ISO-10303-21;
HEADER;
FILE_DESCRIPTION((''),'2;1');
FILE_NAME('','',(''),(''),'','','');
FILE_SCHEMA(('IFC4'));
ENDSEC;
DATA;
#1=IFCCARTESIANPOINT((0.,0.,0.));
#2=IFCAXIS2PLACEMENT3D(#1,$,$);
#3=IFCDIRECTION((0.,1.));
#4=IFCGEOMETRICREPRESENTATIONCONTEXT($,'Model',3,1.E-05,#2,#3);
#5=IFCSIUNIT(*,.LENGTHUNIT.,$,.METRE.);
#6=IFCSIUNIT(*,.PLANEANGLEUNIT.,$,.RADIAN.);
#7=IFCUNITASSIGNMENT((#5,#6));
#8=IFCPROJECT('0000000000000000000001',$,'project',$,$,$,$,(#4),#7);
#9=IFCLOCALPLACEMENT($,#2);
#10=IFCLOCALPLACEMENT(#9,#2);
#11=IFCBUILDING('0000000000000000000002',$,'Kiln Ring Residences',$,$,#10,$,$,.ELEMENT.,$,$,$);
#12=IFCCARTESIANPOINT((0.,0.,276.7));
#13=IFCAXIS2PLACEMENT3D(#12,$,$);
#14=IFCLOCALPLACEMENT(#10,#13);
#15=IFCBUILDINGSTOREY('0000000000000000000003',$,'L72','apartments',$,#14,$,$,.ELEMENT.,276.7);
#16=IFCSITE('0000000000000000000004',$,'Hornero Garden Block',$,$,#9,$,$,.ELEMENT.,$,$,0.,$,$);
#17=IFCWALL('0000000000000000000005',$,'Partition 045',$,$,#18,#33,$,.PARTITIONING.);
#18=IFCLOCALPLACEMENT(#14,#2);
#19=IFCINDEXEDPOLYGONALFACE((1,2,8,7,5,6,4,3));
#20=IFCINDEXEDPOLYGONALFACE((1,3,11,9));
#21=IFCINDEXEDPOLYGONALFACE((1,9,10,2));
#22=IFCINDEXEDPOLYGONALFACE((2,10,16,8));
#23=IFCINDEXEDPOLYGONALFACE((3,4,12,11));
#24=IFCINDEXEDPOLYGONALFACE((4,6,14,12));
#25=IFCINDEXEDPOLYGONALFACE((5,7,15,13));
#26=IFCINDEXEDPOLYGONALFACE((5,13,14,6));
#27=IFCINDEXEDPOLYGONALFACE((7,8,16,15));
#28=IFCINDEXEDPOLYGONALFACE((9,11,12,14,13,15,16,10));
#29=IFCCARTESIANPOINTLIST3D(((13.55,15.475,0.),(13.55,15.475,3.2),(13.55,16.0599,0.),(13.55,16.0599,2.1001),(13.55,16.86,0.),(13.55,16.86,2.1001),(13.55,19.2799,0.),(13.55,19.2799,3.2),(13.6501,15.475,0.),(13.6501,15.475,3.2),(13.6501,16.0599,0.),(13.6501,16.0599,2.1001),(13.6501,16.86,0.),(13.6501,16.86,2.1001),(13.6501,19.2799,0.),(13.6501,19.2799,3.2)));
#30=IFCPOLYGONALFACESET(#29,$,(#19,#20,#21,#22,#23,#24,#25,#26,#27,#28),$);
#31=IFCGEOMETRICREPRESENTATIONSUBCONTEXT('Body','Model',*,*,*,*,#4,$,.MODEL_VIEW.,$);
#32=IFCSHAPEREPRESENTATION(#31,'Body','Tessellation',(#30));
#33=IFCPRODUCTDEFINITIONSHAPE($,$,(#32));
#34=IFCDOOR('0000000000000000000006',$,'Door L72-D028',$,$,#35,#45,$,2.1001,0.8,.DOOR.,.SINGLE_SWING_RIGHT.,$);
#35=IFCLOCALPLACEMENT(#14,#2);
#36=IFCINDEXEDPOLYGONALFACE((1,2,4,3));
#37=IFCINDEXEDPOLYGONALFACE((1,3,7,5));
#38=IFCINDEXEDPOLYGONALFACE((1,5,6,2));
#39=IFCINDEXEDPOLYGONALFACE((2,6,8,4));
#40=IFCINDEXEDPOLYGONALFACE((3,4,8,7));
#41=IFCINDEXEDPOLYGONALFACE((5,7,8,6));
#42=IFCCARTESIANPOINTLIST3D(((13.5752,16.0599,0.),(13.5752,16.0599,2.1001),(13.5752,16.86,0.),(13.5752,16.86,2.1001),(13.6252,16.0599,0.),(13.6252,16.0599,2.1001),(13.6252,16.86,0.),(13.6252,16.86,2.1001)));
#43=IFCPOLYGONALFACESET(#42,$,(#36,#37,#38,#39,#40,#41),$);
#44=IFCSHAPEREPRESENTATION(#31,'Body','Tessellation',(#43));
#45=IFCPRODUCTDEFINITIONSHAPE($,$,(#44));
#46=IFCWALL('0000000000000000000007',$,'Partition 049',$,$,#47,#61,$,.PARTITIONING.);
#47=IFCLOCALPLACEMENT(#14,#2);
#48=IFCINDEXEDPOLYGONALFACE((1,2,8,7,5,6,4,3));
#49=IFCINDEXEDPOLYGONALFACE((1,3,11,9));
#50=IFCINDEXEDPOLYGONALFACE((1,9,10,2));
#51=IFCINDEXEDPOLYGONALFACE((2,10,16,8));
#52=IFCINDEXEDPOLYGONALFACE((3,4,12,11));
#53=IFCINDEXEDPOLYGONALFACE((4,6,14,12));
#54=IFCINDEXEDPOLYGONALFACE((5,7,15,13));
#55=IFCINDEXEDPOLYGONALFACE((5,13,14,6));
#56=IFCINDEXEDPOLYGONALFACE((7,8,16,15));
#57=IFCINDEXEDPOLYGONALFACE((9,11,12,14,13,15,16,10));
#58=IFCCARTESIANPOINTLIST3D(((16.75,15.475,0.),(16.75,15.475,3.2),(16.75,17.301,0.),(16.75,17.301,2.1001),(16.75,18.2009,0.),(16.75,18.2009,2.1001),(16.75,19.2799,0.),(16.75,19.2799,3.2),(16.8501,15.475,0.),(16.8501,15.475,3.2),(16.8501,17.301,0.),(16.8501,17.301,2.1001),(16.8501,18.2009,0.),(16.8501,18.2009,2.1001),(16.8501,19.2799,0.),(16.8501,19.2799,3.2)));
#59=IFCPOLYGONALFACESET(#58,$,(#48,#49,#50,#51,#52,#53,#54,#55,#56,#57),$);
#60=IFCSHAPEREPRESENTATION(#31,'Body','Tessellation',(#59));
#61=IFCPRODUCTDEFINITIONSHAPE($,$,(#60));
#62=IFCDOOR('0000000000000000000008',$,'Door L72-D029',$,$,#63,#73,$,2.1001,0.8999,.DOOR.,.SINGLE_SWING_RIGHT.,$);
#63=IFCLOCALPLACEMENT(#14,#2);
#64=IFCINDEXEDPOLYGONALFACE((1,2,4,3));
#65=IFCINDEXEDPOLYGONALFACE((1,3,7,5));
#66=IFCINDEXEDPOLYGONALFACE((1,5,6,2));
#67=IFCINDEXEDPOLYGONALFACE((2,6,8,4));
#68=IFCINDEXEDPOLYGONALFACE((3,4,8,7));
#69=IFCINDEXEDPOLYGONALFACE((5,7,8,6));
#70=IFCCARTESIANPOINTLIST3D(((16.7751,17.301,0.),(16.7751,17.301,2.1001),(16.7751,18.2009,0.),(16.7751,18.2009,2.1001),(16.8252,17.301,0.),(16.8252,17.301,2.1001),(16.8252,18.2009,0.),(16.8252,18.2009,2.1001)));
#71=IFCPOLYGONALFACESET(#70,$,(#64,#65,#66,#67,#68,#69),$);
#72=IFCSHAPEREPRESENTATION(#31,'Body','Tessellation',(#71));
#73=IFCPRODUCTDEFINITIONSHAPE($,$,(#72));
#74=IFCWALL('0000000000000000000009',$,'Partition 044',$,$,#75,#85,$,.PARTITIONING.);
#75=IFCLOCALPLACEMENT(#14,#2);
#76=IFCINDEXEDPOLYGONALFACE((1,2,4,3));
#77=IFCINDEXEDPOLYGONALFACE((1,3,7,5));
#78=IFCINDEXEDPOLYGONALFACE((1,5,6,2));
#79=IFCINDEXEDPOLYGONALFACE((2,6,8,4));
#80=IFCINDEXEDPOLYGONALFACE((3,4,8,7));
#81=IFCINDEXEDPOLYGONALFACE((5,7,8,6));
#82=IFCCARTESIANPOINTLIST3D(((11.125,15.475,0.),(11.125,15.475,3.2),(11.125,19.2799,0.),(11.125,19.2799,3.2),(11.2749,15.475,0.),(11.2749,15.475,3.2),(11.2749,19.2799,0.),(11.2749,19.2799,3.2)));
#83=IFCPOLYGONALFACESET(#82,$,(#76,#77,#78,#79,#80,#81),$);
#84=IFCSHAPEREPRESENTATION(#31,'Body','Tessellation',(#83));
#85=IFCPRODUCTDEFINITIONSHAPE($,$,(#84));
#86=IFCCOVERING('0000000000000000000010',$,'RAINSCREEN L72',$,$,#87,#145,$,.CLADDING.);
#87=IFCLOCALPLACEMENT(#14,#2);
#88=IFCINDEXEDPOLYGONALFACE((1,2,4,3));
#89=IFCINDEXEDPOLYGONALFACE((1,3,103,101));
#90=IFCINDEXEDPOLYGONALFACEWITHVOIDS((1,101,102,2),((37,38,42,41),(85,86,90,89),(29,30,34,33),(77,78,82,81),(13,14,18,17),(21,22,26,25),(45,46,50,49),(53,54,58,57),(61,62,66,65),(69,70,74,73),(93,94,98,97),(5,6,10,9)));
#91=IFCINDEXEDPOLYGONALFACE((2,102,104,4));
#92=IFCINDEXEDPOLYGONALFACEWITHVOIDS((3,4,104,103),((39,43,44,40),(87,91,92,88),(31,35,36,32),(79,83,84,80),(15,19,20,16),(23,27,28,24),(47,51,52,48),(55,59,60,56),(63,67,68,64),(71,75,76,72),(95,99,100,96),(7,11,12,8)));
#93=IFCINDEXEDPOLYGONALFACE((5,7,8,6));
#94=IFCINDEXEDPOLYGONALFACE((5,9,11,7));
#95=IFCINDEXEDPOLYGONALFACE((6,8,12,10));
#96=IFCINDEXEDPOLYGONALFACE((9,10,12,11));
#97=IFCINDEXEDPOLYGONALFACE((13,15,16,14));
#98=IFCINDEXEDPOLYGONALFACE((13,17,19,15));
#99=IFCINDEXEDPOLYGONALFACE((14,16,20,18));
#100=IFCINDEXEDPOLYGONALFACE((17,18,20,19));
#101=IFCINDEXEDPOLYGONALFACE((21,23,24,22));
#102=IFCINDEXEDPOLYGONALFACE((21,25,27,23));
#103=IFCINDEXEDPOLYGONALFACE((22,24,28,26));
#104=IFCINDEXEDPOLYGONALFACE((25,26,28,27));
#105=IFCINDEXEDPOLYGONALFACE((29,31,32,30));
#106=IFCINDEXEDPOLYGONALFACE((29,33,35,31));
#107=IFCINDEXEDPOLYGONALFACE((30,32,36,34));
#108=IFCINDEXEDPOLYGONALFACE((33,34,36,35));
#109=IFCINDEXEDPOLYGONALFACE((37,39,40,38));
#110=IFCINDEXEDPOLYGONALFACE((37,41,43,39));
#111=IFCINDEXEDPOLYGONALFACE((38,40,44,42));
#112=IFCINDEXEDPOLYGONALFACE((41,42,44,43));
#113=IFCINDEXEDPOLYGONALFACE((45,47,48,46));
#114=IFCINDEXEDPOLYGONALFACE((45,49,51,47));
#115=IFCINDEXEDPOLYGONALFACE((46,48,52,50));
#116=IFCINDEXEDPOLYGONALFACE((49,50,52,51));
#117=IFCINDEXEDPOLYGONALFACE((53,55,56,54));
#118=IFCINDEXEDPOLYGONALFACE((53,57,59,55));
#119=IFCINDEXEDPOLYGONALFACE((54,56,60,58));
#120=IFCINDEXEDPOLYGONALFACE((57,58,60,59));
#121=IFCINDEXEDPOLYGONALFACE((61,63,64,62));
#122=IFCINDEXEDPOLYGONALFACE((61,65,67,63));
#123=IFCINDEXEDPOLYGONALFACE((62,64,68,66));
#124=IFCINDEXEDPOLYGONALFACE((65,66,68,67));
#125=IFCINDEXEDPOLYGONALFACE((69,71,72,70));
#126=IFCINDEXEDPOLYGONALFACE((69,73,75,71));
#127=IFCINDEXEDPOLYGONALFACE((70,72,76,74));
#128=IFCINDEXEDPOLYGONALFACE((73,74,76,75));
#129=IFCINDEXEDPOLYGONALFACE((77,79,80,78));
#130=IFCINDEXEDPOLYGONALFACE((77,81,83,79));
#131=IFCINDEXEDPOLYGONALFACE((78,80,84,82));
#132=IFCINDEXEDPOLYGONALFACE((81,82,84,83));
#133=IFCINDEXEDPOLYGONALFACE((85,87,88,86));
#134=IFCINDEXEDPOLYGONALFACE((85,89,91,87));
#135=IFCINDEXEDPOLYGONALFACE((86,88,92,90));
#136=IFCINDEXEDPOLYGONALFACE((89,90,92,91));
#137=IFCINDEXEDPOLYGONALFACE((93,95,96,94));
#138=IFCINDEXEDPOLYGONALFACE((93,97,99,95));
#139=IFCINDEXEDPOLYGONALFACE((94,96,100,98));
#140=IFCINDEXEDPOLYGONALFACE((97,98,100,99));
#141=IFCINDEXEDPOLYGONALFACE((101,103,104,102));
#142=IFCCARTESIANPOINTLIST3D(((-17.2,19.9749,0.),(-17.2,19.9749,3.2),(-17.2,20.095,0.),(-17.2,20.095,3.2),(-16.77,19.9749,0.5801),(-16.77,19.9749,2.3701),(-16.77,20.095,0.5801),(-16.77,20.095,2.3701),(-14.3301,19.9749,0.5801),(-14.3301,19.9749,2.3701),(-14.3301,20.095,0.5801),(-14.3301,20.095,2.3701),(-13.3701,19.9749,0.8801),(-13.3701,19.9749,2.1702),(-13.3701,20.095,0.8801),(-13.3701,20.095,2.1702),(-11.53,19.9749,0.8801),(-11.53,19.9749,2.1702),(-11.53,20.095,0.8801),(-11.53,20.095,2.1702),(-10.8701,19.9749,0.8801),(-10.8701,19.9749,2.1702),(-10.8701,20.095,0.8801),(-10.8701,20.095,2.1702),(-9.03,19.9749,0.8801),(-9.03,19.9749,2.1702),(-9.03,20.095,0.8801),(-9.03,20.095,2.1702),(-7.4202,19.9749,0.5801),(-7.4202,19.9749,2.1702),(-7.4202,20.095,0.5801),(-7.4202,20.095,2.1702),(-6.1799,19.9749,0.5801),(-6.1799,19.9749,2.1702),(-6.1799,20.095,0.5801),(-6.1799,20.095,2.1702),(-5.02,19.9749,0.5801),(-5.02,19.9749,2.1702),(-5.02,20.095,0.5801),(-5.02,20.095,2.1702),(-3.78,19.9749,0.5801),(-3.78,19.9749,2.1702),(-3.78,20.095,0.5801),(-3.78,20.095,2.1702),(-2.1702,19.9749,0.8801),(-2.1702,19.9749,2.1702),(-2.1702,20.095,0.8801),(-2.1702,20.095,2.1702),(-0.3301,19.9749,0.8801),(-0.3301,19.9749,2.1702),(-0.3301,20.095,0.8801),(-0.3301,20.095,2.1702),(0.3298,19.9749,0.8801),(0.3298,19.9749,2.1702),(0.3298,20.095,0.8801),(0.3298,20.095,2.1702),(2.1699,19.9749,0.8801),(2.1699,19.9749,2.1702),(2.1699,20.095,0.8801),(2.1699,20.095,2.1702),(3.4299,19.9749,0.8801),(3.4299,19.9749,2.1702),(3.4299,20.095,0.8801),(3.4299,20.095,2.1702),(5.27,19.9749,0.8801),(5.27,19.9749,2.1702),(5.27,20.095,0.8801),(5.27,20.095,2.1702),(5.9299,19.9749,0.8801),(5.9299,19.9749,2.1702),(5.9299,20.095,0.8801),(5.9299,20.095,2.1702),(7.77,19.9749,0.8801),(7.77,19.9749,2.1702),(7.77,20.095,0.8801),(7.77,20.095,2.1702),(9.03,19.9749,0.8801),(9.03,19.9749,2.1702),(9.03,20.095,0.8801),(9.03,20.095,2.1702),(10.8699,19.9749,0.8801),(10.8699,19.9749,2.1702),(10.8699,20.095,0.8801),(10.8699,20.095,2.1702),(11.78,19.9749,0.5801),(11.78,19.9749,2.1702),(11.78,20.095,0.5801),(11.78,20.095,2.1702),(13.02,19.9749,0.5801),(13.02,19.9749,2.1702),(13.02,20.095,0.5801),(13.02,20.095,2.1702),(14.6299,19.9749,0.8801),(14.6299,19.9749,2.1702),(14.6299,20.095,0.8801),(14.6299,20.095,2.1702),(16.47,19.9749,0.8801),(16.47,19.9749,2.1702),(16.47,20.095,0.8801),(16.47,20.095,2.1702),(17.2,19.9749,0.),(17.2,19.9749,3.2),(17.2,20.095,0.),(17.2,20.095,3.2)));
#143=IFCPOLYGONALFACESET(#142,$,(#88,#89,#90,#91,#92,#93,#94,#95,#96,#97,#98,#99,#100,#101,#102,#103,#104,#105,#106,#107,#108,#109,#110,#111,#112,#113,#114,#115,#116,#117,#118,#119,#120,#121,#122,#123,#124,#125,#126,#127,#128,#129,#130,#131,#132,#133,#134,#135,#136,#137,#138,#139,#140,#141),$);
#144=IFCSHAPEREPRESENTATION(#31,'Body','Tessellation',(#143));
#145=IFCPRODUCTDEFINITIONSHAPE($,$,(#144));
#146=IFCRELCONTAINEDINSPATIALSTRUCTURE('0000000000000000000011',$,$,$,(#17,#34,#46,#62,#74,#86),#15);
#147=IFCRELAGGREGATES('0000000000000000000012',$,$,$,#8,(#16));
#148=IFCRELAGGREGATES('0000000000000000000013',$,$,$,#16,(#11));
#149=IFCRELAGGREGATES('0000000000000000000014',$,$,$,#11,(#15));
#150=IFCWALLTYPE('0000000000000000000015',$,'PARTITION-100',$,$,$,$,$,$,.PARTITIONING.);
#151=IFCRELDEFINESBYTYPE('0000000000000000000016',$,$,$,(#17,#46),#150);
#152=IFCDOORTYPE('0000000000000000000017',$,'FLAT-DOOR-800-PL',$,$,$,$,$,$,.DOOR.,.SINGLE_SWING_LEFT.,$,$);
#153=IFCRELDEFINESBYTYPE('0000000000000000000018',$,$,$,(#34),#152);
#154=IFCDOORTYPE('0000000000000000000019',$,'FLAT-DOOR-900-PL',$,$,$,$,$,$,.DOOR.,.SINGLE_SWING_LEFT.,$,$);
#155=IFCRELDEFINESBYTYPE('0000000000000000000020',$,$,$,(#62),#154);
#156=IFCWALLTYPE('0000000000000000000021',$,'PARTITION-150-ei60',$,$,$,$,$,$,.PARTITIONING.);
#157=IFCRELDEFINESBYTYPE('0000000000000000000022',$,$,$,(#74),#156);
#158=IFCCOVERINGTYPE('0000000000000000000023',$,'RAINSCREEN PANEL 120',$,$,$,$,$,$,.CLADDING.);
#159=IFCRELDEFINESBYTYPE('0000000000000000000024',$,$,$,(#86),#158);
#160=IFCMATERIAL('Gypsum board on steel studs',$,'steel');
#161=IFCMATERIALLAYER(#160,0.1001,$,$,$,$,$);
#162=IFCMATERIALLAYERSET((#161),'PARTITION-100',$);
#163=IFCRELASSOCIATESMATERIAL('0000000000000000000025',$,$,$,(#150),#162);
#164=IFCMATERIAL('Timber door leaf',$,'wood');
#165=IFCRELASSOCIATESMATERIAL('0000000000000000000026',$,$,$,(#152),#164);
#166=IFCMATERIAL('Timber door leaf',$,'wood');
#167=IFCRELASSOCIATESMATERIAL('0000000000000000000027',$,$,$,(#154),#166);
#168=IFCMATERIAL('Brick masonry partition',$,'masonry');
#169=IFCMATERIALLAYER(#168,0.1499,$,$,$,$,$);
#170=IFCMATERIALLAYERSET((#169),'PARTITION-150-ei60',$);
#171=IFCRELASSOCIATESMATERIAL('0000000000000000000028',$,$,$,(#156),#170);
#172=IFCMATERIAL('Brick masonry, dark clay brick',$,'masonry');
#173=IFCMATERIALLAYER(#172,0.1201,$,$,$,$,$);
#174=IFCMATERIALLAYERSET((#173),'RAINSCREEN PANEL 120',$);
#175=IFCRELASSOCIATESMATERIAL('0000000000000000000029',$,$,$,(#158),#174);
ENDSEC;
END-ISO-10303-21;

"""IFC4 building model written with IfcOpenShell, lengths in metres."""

from ifc_helpers import new_model, si_unit, direction, frame, frame_2d, origin, place, context, subcontext, project, spatial, polyline, rectangle, outline, extrude, material, layer, layer_set, type_object, element, fill, save


model = new_model("IFC4")

# Units and contexts
model_context = context("Model", 3, precision=1e-05, world=origin(), true_north=direction((0.0, 1.0)))
body_context = subcontext(model_context, "Body", "Model", "MODEL_VIEW")
ifc_project = project(units=[si_unit("LENGTHUNIT", "METRE"), si_unit("PLANEANGLEUNIT", "RADIAN")], contexts=[model_context])

# Site, building, storey
site_placement = place(None, origin())
site = spatial("IfcSite", under=ifc_project, at=site_placement, Name="Hornero Garden Block", CompositionType="ELEMENT", RefElevation=0.0)
building_placement = place(site_placement, origin())
building = spatial("IfcBuilding", under=site, at=building_placement, Name="Kiln Ring Residences", CompositionType="ELEMENT")
storey_placement = place(building_placement, frame((0.0, 0.0, 276.7)))
storey = spatial("IfcBuildingStorey", under=building, at=storey_placement, Name="L72", Description="apartments", CompositionType="ELEMENT", Elevation=276.7)

# Walls, openings, doors
ifc_material_1 = material(Name="Gypsum board on steel studs", Category="steel")
ifc_layer_1 = layer(ifc_material_1, 0.1001)
ifc_layer_set_1 = layer_set([ifc_layer_1], Name="PARTITION-100")
wall_type_1 = type_object("IfcWallType", Name="PARTITION-100", PredefinedType="PARTITIONING", material=ifc_layer_set_1)
wall_1_placement = place(storey_placement, frame((13.6001, 15.4751, 0.0), z_axis=(0.0, 0.0, 1.0), x_axis=(0.0, 1.0, 0.0)))
wall_1 = element("IfcWall", 1, at=wall_1_placement, inside=storey, type_object=wall_type_1, Name="Partition 045", PredefinedType="PARTITIONING", context=body_context, shape_type="SweptSolid", body=[
    extrude(rectangle(XDim=3.8049, YDim=0.1001, at=frame_2d((1.9023, 0.0))), origin(), (0.0, 0.0, 1.0), 3.2),
])
opening_1_placement = place(wall_1_placement, frame((0.585, 0.0, 0.0)))
opening_1 = element("IfcOpeningElement", 2, at=opening_1_placement, cuts=wall_1, PredefinedType="OPENING", context=body_context, shape_type="SweptSolid", body=[
    extrude(rectangle(XDim=0.8, YDim=2.1001, at=frame_2d((0.3999, 1.05))), frame((0.0, 0.0601, 0.0), z_axis=(0.0, -1.0, 0.0), x_axis=(1.0, 0.0, 0.0)), (0.0, 0.0, 1.0), 0.1201),
])
ifc_material_2 = material(Name="Timber door leaf", Category="wood")
door_type_1 = type_object("IfcDoorType", Name="FLAT-DOOR-800-PL", OperationType="SINGLE_SWING_LEFT", PredefinedType="DOOR", material=ifc_material_2)
door_1_placement = place(opening_1_placement, origin())
door_1 = element("IfcDoor", 3, at=door_1_placement, inside=storey, type_object=door_type_1, Name="Door L72-D028", OperationType="SINGLE_SWING_RIGHT", OverallHeight=2.1001, OverallWidth=0.8, PredefinedType="DOOR", context=body_context, shape_type="SweptSolid", body=[
    extrude(rectangle(XDim=0.8, YDim=2.1001, at=frame_2d((0.3999, 1.05))), frame((0.0, 0.0249, 0.0), z_axis=(0.0, -1.0, 0.0), x_axis=(1.0, 0.0, 0.0)), (0.0, 0.0, 1.0), 0.05),
])
fill(opening_1, door_1)
wall_2_placement = place(storey_placement, frame((16.8, 15.4751, 0.0), z_axis=(0.0, 0.0, 1.0), x_axis=(0.0, 1.0, 0.0)))
wall_2 = element("IfcWall", 4, at=wall_2_placement, inside=storey, type_object=wall_type_1, Name="Partition 049", PredefinedType="PARTITIONING", context=body_context, shape_type="SweptSolid", body=[
    extrude(rectangle(XDim=3.8049, YDim=0.1001, at=frame_2d((1.9023, 0.0))), origin(), (0.0, 0.0, 1.0), 3.2),
])
opening_2_placement = place(wall_2_placement, frame((1.8259, 0.0, 0.0)))
opening_2 = element("IfcOpeningElement", 5, at=opening_2_placement, cuts=wall_2, PredefinedType="OPENING", context=body_context, shape_type="SweptSolid", body=[
    extrude(rectangle(XDim=0.8999, YDim=2.1001, at=frame_2d((0.45, 1.05))), frame((0.0, 0.0601, 0.0), z_axis=(0.0, -1.0, 0.0), x_axis=(1.0, 0.0, 0.0)), (0.0, 0.0, 1.0), 0.1201),
])
ifc_material_3 = material(Name="Timber door leaf", Category="wood")
door_type_2 = type_object("IfcDoorType", Name="FLAT-DOOR-900-PL", OperationType="SINGLE_SWING_LEFT", PredefinedType="DOOR", material=ifc_material_3)
door_2_placement = place(opening_2_placement, origin())
door_2 = element("IfcDoor", 6, at=door_2_placement, inside=storey, type_object=door_type_2, Name="Door L72-D029", OperationType="SINGLE_SWING_RIGHT", OverallHeight=2.1001, OverallWidth=0.8999, PredefinedType="DOOR", context=body_context, shape_type="SweptSolid", body=[
    extrude(rectangle(XDim=0.8999, YDim=2.1001, at=frame_2d((0.45, 1.05))), frame((0.0, 0.0249, 0.0), z_axis=(0.0, -1.0, 0.0), x_axis=(1.0, 0.0, 0.0)), (0.0, 0.0, 1.0), 0.05),
])
fill(opening_2, door_2)

# Wall
ifc_material_4 = material(Name="Brick masonry partition", Category="masonry")
ifc_layer_2 = layer(ifc_material_4, 0.1499)
ifc_layer_set_2 = layer_set([ifc_layer_2], Name="PARTITION-150-ei60")
wall_type_2 = type_object("IfcWallType", Name="PARTITION-150-ei60", PredefinedType="PARTITIONING", material=ifc_layer_set_2)
wall_3_placement = place(storey_placement, frame((11.2, 15.4751, 0.0), z_axis=(0.0, 0.0, 1.0), x_axis=(0.0, 1.0, 0.0)))
element("IfcWall", 7, at=wall_3_placement, inside=storey, type_object=wall_type_2, Name="Partition 044", PredefinedType="PARTITIONING", context=body_context, shape_type="SweptSolid", body=[
    extrude(rectangle(XDim=3.8049, YDim=0.1499, at=frame_2d((1.9023, 0.0))), origin(), (0.0, 0.0, 1.0), 3.2),
])

# Covering
ifc_material_5 = material(Name="Brick masonry, dark clay brick", Category="masonry")
ifc_layer_3 = layer(ifc_material_5, 0.1201)
ifc_layer_set_3 = layer_set([ifc_layer_3], Name="RAINSCREEN PANEL 120")
covering_type = type_object("IfcCoveringType", Name="RAINSCREEN PANEL 120", PredefinedType="CLADDING", material=ifc_layer_set_3)
covering_placement = place(storey_placement, frame((17.2, 20.0349, 0.0), z_axis=(0.0, 0.0, 1.0), x_axis=(-1.0, 0.0, 0.0)))
element("IfcCovering", 8, at=covering_placement, inside=storey, type_object=covering_type, Name="RAINSCREEN L72", PredefinedType="CLADDING", context=body_context, shape_type="SweptSolid", body=[
    extrude(outline(polyline([(0.0, 0.0), (34.3999, 0.0), (34.3999, 3.2), (0.0, 3.2), (0.0, 0.0)]), holes=[polyline([(4.1799, 0.5801), (5.4199, 0.5801), (5.4199, 2.1702), (4.1799, 2.1702), (4.1799, 0.5801)]), polyline([(0.73, 2.1702), (0.73, 0.8801), (2.5701, 0.8801), (2.5701, 2.1702), (0.73, 2.1702)]), polyline([(6.3301, 2.1702), (6.3301, 0.8801), (8.1699, 0.8801), (8.1699, 2.1702), (6.3301, 2.1702)]), polyline([(9.4299, 0.8801), (11.27, 0.8801), (11.27, 2.1702), (9.4299, 2.1702), (9.4299, 0.8801)]), polyline([(11.9299, 2.1702), (11.9299, 0.8801), (13.77, 0.8801), (13.77, 2.1702), (11.9299, 2.1702)]), polyline([(15.03, 2.1702), (15.03, 0.8801), (16.8701, 0.8801), (16.8701, 2.1702), (15.03, 2.1702)]), polyline([(20.98, 0.5801), (22.22, 0.5801), (22.22, 2.1702), (20.98, 2.1702), (20.98, 0.5801)]), polyline([(23.3799, 2.1702), (23.3799, 0.5801), (24.6201, 0.5801), (24.6201, 2.1702), (23.3799, 2.1702)]), polyline([(31.53, 2.3701), (31.53, 0.5801), (33.97, 0.5801), (33.97, 2.3701), (31.53, 2.3701)]), polyline([(17.53, 0.8801), (19.3701, 0.8801), (19.3701, 2.1702), (17.53, 2.1702), (17.53, 0.8801)]), polyline([(26.23, 2.1702), (26.23, 0.8801), (28.0701, 0.8801), (28.0701, 2.1702), (26.23, 2.1702)]), polyline([(28.73, 2.1702), (28.73, 0.8801), (30.5701, 0.8801), (30.5701, 2.1702), (28.73, 2.1702)])]), frame((0.0, 0.0601, 0.0), z_axis=(0.0, -1.0, 0.0), x_axis=(1.0, 0.0, 0.0)), (0.0, 0.0, 1.0), 0.1201),
])

save(model, "model.ifc")
